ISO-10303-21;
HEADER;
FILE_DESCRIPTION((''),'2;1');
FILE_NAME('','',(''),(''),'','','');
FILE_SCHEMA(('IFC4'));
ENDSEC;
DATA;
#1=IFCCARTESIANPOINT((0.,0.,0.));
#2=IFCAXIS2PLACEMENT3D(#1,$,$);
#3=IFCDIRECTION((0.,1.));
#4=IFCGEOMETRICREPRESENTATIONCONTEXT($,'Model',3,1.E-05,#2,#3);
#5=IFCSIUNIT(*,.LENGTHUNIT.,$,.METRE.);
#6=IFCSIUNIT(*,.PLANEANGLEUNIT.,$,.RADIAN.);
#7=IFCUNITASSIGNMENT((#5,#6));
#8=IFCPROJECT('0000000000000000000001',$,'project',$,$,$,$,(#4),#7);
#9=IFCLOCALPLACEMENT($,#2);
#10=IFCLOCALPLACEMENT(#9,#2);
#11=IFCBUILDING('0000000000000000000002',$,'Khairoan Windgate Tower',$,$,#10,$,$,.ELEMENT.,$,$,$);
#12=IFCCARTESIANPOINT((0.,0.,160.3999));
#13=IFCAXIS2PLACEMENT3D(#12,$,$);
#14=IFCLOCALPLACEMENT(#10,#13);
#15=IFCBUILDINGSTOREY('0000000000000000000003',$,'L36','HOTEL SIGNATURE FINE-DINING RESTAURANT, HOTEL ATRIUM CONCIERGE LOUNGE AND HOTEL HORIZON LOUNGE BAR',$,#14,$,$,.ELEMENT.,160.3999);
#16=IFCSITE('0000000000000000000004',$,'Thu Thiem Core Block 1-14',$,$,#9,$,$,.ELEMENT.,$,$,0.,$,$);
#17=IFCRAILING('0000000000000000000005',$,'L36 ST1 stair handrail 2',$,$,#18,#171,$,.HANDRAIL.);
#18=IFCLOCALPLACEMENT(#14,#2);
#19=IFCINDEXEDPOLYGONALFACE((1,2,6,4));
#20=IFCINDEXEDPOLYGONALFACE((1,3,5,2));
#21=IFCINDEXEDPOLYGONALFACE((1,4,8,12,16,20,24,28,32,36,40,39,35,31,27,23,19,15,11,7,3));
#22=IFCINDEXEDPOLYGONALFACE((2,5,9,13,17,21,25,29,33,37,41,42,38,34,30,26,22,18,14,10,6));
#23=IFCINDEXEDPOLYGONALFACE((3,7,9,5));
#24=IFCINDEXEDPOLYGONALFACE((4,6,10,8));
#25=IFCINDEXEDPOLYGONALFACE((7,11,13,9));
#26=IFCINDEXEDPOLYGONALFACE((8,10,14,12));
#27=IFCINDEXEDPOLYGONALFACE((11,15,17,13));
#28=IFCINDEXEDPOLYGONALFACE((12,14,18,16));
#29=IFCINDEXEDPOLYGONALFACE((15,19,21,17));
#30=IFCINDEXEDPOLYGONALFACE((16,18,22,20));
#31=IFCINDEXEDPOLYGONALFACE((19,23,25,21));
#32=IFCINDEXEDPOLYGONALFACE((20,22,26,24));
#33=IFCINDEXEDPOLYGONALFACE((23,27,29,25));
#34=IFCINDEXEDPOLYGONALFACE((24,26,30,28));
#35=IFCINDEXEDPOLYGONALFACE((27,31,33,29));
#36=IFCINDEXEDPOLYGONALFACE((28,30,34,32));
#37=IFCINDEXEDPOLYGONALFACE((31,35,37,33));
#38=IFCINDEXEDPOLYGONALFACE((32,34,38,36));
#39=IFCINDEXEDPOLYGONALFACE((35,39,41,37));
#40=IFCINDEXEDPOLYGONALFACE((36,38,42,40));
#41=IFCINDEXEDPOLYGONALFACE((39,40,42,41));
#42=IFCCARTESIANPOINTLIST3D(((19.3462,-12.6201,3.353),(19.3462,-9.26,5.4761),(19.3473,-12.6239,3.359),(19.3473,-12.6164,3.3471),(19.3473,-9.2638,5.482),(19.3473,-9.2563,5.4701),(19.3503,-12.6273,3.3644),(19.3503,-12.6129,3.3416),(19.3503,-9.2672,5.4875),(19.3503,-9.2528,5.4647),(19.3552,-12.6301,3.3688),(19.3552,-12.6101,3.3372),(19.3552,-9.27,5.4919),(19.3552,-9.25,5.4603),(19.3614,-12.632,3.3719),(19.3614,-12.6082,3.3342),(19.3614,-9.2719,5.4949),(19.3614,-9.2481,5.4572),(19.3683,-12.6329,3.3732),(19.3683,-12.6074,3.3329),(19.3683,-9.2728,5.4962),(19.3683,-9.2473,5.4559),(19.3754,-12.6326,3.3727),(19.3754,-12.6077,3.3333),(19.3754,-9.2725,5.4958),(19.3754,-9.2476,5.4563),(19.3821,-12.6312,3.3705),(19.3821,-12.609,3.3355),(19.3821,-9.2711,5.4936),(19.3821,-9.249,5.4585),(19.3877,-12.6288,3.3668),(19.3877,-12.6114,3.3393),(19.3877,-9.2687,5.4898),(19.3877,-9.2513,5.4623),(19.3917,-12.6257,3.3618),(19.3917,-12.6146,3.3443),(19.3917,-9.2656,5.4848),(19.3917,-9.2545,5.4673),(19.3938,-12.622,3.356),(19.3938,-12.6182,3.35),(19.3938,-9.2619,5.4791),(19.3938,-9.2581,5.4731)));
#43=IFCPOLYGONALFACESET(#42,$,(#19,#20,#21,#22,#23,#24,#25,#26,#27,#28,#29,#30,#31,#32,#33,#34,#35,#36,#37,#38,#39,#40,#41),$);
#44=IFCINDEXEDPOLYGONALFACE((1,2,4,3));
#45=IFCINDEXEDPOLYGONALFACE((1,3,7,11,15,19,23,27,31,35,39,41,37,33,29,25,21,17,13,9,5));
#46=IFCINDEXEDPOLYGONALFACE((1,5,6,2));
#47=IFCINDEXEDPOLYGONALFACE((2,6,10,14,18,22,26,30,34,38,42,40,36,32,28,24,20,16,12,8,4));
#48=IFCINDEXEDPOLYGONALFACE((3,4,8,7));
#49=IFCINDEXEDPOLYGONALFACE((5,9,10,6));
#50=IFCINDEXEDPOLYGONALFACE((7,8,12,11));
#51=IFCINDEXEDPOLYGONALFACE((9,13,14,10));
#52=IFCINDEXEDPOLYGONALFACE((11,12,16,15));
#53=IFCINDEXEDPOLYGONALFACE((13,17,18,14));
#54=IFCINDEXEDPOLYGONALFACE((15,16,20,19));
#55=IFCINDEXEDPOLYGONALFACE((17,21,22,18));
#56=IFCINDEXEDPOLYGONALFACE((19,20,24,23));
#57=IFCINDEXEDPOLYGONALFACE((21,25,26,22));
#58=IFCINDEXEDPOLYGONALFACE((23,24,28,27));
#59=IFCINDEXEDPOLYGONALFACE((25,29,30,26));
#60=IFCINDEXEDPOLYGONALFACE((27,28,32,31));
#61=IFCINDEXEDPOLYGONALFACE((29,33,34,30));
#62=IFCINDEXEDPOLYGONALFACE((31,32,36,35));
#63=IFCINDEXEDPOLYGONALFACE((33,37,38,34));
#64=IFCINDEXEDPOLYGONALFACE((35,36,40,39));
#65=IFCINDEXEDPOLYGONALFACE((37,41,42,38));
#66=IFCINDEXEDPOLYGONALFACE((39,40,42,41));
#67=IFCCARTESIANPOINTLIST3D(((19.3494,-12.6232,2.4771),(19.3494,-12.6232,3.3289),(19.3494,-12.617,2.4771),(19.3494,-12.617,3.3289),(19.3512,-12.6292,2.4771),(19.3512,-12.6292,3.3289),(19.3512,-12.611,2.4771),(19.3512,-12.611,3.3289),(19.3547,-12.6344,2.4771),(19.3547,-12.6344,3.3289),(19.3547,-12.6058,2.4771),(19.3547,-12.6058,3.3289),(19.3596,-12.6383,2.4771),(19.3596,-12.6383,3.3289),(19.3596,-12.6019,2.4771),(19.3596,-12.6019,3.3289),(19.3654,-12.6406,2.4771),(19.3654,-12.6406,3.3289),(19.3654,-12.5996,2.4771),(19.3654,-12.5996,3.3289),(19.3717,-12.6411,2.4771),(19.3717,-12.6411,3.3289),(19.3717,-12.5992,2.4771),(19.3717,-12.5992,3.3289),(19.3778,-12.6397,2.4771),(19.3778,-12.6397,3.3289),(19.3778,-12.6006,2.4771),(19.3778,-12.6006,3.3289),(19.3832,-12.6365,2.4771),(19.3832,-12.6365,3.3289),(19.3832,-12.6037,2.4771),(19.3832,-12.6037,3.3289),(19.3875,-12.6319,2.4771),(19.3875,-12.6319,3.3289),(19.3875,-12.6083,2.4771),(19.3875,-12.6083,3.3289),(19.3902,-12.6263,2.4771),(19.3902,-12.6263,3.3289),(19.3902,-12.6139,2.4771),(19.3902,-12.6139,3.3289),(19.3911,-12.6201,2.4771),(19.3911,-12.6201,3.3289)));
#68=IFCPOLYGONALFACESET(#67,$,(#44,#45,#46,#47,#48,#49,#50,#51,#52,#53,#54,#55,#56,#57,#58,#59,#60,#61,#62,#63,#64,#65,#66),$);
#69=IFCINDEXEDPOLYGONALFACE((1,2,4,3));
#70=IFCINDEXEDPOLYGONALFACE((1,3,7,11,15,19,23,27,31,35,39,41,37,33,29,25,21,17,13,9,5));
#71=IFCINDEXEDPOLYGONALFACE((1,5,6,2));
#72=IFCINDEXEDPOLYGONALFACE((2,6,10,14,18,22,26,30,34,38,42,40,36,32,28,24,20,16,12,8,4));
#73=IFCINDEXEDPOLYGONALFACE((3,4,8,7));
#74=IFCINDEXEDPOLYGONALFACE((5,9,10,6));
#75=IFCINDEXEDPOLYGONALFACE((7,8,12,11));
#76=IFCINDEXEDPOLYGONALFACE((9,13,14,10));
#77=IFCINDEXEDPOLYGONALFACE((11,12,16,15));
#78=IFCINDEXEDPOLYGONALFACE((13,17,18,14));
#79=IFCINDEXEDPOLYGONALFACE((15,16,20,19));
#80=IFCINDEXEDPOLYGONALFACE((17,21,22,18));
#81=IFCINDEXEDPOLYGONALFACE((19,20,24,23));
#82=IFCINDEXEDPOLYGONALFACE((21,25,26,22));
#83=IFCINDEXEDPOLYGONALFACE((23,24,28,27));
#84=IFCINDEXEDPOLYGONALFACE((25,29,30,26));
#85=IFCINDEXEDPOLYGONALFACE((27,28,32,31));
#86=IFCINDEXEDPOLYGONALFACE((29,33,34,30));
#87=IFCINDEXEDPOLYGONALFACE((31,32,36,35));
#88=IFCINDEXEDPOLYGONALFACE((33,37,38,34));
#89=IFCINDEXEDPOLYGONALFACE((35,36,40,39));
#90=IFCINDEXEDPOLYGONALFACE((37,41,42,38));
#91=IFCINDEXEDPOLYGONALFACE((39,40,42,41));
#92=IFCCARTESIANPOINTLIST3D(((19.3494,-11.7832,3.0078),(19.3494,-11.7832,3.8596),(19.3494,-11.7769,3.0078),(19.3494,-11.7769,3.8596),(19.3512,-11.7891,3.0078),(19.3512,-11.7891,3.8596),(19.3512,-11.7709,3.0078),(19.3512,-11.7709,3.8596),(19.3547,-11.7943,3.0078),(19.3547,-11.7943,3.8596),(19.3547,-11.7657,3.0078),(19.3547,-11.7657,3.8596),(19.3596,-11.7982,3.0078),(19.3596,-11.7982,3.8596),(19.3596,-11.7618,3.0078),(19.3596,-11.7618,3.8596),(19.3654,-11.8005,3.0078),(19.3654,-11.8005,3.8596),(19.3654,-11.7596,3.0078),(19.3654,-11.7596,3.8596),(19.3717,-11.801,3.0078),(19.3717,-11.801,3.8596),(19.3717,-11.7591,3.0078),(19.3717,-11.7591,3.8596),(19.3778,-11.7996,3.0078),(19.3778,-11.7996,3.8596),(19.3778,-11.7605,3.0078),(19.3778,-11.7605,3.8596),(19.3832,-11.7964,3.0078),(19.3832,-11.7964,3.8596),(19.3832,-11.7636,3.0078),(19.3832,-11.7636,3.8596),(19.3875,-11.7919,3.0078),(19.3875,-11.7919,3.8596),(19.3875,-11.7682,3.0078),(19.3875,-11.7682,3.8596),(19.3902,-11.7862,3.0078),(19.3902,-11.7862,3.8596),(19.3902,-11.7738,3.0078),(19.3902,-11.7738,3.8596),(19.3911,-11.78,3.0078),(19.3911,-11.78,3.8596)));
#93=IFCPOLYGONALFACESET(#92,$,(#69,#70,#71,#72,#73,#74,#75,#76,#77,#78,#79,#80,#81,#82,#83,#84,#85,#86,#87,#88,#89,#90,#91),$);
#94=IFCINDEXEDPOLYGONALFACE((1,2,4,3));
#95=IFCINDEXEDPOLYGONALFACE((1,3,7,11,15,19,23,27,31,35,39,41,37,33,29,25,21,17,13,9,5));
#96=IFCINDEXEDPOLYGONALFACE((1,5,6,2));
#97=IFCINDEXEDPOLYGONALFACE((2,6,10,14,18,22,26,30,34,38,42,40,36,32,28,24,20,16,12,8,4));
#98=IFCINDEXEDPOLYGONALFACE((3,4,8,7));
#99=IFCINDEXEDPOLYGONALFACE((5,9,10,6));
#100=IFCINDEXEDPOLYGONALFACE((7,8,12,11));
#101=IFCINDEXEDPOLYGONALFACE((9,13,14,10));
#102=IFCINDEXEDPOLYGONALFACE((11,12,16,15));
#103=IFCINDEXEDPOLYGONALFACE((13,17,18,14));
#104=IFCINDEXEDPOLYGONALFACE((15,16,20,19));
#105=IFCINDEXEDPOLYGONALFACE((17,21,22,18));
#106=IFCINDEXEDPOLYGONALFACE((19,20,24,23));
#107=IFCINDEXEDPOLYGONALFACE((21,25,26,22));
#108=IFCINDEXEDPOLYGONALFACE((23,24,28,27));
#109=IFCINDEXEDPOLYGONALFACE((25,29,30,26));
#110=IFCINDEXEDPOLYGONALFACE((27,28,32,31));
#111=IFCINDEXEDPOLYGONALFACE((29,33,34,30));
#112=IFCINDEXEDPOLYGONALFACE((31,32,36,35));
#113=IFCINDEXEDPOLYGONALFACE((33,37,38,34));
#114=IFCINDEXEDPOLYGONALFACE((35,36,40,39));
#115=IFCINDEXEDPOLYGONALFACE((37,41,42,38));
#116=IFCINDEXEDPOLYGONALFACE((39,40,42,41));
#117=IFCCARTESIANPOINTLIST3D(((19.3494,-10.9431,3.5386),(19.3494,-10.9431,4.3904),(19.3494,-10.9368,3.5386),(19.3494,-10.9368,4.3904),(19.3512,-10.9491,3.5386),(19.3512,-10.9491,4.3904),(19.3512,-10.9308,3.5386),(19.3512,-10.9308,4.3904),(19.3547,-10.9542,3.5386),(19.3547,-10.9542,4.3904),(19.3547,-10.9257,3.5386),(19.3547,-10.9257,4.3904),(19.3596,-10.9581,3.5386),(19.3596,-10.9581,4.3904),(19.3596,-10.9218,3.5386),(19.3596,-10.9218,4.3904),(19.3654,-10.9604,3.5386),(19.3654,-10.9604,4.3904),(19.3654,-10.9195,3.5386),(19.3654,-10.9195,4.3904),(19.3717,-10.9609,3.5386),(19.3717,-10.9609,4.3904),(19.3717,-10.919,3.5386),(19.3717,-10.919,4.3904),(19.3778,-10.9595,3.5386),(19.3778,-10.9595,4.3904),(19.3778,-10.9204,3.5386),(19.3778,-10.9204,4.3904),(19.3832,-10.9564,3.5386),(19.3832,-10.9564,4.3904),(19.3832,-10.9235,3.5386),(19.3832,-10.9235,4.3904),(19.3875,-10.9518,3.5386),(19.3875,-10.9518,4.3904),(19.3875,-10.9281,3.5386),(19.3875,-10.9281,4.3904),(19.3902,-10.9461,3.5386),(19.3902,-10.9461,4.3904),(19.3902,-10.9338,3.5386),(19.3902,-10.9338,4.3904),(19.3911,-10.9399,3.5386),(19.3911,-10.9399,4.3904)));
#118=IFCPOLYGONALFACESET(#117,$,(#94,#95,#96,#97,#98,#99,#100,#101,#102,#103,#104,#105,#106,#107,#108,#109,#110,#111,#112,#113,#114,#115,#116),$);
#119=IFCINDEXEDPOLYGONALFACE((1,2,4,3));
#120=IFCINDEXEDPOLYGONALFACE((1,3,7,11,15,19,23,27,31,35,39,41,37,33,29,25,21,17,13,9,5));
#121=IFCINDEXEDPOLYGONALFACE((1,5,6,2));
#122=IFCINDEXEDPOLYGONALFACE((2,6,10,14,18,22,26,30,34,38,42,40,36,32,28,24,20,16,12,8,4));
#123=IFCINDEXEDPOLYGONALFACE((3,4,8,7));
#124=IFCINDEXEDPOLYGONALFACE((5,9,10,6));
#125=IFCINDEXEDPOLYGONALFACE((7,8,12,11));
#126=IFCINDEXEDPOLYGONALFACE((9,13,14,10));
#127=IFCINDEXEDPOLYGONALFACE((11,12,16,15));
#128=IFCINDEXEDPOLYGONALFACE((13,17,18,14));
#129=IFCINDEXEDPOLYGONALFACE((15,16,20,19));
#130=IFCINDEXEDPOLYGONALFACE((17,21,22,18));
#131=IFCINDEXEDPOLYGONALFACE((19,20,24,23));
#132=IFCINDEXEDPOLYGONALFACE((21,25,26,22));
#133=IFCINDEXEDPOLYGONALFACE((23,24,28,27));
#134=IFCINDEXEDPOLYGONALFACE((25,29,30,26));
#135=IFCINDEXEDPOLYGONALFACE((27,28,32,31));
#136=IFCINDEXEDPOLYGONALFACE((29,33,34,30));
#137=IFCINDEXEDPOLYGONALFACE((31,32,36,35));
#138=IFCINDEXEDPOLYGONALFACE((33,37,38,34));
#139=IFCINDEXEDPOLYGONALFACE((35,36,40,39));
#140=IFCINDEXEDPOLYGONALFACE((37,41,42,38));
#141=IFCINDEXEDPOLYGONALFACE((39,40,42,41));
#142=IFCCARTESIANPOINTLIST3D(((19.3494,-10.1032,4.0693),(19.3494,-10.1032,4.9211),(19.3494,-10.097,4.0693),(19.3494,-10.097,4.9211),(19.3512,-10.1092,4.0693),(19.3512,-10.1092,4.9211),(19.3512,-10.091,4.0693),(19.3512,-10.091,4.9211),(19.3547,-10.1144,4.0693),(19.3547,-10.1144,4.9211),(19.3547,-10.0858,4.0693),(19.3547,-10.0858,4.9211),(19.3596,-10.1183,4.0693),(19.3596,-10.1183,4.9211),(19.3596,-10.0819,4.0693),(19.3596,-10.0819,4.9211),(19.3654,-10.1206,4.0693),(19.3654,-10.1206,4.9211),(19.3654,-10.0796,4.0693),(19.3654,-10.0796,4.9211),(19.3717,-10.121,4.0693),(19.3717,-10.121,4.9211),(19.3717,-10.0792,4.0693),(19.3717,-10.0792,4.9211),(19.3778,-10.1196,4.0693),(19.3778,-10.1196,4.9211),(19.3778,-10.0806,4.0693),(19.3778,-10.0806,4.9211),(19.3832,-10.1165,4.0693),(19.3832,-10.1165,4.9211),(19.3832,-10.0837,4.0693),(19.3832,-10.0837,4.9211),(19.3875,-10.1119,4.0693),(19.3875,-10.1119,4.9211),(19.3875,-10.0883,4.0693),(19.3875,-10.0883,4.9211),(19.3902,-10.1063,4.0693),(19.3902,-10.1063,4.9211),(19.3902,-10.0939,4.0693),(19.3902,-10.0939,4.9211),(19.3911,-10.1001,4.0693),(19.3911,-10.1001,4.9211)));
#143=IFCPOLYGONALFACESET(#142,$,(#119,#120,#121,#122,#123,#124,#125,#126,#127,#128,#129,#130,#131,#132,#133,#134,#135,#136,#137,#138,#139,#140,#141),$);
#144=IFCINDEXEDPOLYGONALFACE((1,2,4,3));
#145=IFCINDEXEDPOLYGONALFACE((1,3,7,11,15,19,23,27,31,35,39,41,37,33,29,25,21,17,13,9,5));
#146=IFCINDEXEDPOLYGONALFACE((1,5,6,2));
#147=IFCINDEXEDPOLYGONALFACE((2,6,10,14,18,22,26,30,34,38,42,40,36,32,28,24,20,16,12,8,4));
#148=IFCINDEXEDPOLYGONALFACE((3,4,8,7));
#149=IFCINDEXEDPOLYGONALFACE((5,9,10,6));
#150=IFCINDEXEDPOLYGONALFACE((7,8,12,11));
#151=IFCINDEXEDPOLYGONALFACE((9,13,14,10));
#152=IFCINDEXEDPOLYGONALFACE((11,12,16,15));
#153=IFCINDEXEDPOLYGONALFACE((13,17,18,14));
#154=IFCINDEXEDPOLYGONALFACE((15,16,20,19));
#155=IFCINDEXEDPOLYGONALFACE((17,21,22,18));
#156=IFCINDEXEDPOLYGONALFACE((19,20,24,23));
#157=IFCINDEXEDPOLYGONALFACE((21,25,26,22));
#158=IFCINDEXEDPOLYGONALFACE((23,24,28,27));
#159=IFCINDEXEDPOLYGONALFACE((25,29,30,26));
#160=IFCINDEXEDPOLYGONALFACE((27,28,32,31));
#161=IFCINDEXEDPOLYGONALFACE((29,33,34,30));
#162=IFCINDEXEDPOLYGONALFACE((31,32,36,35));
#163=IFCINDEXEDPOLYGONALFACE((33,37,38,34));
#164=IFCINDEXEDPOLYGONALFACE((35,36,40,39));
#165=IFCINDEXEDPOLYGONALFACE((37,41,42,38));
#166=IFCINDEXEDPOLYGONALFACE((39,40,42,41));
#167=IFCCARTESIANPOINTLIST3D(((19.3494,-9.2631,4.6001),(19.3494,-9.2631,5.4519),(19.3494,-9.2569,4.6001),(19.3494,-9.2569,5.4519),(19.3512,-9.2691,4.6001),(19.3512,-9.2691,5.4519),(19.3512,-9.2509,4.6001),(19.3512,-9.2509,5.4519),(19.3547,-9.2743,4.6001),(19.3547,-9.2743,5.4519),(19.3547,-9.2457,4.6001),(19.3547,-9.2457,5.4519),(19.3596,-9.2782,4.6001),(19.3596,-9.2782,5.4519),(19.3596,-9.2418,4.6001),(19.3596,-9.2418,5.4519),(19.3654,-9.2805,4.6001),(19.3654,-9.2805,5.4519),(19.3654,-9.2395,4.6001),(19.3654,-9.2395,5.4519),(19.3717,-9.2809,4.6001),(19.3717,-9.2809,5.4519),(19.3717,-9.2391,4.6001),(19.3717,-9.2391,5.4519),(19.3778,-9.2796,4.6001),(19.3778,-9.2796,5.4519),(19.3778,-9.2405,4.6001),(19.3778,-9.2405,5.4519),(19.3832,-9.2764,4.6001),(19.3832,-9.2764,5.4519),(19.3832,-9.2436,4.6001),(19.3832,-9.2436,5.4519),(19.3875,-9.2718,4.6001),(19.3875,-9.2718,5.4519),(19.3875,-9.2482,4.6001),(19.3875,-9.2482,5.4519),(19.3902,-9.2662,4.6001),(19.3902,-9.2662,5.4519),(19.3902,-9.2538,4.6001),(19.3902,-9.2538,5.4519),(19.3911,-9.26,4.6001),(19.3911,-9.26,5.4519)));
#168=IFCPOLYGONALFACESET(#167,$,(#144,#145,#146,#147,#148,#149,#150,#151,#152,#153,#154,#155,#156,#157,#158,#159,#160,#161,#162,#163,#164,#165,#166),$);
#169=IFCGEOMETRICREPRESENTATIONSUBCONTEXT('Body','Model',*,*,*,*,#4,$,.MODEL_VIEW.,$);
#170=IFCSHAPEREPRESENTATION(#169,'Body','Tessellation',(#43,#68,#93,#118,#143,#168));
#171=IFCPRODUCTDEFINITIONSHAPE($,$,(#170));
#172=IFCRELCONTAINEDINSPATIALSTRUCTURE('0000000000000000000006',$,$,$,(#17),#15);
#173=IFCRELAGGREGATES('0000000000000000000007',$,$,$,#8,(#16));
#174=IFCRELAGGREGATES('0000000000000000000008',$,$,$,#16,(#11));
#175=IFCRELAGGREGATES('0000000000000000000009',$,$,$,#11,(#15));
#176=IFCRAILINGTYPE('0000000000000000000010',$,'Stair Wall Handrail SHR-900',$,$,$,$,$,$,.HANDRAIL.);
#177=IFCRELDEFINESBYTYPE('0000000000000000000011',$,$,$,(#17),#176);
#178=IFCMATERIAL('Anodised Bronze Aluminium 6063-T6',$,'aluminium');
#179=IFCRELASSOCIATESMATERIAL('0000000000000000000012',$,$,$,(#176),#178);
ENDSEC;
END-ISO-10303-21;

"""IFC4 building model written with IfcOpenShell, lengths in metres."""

from ifc_helpers import new_model, si_unit, direction, frame, origin, origin_2d, place, context, subcontext, project, spatial, circle, extrude, material, type_object, element, save


model = new_model("IFC4")

# Units and contexts
model_context = context("Model", 3, precision=1e-05, world=origin(), true_north=direction((0.0, 1.0)))
body_context = subcontext(model_context, "Body", "Model", "MODEL_VIEW")
ifc_project = project(units=[si_unit("LENGTHUNIT", "METRE"), si_unit("PLANEANGLEUNIT", "RADIAN")], contexts=[model_context])

# Site, building, storey
site_placement = place(None, origin())
site = spatial("IfcSite", under=ifc_project, at=site_placement, Name="Thu Thiem Core Block 1-14", CompositionType="ELEMENT", RefElevation=0.0)
building_placement = place(site_placement, origin())
building = spatial("IfcBuilding", under=site, at=building_placement, Name="Khairoan Windgate Tower", CompositionType="ELEMENT")
storey_placement = place(building_placement, frame((0.0, 0.0, 160.3999)))
storey = spatial("IfcBuildingStorey", under=building, at=storey_placement, Name="L36", Description="HOTEL SIGNATURE FINE-DINING RESTAURANT, HOTEL ATRIUM CONCIERGE LOUNGE AND HOTEL HORIZON LOUNGE BAR", CompositionType="ELEMENT", Elevation=160.3999)

# Railing
ifc_material_1 = material(Name="Anodised Bronze Aluminium 6063-T6", Category="aluminium")
railing_type_1 = type_object("IfcRailingType", Name="Stair Wall Handrail SHR-900", PredefinedType="HANDRAIL", material=ifc_material_1)
railing_1_placement = place(storey_placement, frame((19.3701, -12.6201, 2.4771)))
element("IfcRailing", 1, at=railing_1_placement, inside=storey, type_object=railing_type_1, Name="L36 ST1 stair handrail 2", PredefinedType="HANDRAIL", context=body_context, shape_type="SweptSolid", body=[
    extrude(circle(Radius=0.0239, at=origin_2d()), frame((0.0, 0.0, 0.876), z_axis=(0.0, 0.84539, 0.53415), x_axis=(-1.0, 0.0, 0.0)), (0.0, 0.0, 1.0), 3.9746),
    extrude(circle(Radius=0.021, at=origin_2d()), origin(), (0.0, 0.0, 1.0), 0.8518),
    extrude(circle(Radius=0.021, at=origin_2d()), frame((0.0, 0.8401, 0.5308)), (0.0, 0.0, 1.0), 0.8518),
    extrude(circle(Radius=0.021, at=origin_2d()), frame((0.0, 1.6802, 1.0615)), (0.0, 0.0, 1.0), 0.8518),
    extrude(circle(Radius=0.021, at=origin_2d()), frame((0.0, 2.52, 1.5923)), (0.0, 0.0, 1.0), 0.8518),
    extrude(circle(Radius=0.021, at=origin_2d()), frame((0.0, 3.3601, 2.123)), (0.0, 0.0, 1.0), 0.8518),
])

save(model, "model.ifc")
